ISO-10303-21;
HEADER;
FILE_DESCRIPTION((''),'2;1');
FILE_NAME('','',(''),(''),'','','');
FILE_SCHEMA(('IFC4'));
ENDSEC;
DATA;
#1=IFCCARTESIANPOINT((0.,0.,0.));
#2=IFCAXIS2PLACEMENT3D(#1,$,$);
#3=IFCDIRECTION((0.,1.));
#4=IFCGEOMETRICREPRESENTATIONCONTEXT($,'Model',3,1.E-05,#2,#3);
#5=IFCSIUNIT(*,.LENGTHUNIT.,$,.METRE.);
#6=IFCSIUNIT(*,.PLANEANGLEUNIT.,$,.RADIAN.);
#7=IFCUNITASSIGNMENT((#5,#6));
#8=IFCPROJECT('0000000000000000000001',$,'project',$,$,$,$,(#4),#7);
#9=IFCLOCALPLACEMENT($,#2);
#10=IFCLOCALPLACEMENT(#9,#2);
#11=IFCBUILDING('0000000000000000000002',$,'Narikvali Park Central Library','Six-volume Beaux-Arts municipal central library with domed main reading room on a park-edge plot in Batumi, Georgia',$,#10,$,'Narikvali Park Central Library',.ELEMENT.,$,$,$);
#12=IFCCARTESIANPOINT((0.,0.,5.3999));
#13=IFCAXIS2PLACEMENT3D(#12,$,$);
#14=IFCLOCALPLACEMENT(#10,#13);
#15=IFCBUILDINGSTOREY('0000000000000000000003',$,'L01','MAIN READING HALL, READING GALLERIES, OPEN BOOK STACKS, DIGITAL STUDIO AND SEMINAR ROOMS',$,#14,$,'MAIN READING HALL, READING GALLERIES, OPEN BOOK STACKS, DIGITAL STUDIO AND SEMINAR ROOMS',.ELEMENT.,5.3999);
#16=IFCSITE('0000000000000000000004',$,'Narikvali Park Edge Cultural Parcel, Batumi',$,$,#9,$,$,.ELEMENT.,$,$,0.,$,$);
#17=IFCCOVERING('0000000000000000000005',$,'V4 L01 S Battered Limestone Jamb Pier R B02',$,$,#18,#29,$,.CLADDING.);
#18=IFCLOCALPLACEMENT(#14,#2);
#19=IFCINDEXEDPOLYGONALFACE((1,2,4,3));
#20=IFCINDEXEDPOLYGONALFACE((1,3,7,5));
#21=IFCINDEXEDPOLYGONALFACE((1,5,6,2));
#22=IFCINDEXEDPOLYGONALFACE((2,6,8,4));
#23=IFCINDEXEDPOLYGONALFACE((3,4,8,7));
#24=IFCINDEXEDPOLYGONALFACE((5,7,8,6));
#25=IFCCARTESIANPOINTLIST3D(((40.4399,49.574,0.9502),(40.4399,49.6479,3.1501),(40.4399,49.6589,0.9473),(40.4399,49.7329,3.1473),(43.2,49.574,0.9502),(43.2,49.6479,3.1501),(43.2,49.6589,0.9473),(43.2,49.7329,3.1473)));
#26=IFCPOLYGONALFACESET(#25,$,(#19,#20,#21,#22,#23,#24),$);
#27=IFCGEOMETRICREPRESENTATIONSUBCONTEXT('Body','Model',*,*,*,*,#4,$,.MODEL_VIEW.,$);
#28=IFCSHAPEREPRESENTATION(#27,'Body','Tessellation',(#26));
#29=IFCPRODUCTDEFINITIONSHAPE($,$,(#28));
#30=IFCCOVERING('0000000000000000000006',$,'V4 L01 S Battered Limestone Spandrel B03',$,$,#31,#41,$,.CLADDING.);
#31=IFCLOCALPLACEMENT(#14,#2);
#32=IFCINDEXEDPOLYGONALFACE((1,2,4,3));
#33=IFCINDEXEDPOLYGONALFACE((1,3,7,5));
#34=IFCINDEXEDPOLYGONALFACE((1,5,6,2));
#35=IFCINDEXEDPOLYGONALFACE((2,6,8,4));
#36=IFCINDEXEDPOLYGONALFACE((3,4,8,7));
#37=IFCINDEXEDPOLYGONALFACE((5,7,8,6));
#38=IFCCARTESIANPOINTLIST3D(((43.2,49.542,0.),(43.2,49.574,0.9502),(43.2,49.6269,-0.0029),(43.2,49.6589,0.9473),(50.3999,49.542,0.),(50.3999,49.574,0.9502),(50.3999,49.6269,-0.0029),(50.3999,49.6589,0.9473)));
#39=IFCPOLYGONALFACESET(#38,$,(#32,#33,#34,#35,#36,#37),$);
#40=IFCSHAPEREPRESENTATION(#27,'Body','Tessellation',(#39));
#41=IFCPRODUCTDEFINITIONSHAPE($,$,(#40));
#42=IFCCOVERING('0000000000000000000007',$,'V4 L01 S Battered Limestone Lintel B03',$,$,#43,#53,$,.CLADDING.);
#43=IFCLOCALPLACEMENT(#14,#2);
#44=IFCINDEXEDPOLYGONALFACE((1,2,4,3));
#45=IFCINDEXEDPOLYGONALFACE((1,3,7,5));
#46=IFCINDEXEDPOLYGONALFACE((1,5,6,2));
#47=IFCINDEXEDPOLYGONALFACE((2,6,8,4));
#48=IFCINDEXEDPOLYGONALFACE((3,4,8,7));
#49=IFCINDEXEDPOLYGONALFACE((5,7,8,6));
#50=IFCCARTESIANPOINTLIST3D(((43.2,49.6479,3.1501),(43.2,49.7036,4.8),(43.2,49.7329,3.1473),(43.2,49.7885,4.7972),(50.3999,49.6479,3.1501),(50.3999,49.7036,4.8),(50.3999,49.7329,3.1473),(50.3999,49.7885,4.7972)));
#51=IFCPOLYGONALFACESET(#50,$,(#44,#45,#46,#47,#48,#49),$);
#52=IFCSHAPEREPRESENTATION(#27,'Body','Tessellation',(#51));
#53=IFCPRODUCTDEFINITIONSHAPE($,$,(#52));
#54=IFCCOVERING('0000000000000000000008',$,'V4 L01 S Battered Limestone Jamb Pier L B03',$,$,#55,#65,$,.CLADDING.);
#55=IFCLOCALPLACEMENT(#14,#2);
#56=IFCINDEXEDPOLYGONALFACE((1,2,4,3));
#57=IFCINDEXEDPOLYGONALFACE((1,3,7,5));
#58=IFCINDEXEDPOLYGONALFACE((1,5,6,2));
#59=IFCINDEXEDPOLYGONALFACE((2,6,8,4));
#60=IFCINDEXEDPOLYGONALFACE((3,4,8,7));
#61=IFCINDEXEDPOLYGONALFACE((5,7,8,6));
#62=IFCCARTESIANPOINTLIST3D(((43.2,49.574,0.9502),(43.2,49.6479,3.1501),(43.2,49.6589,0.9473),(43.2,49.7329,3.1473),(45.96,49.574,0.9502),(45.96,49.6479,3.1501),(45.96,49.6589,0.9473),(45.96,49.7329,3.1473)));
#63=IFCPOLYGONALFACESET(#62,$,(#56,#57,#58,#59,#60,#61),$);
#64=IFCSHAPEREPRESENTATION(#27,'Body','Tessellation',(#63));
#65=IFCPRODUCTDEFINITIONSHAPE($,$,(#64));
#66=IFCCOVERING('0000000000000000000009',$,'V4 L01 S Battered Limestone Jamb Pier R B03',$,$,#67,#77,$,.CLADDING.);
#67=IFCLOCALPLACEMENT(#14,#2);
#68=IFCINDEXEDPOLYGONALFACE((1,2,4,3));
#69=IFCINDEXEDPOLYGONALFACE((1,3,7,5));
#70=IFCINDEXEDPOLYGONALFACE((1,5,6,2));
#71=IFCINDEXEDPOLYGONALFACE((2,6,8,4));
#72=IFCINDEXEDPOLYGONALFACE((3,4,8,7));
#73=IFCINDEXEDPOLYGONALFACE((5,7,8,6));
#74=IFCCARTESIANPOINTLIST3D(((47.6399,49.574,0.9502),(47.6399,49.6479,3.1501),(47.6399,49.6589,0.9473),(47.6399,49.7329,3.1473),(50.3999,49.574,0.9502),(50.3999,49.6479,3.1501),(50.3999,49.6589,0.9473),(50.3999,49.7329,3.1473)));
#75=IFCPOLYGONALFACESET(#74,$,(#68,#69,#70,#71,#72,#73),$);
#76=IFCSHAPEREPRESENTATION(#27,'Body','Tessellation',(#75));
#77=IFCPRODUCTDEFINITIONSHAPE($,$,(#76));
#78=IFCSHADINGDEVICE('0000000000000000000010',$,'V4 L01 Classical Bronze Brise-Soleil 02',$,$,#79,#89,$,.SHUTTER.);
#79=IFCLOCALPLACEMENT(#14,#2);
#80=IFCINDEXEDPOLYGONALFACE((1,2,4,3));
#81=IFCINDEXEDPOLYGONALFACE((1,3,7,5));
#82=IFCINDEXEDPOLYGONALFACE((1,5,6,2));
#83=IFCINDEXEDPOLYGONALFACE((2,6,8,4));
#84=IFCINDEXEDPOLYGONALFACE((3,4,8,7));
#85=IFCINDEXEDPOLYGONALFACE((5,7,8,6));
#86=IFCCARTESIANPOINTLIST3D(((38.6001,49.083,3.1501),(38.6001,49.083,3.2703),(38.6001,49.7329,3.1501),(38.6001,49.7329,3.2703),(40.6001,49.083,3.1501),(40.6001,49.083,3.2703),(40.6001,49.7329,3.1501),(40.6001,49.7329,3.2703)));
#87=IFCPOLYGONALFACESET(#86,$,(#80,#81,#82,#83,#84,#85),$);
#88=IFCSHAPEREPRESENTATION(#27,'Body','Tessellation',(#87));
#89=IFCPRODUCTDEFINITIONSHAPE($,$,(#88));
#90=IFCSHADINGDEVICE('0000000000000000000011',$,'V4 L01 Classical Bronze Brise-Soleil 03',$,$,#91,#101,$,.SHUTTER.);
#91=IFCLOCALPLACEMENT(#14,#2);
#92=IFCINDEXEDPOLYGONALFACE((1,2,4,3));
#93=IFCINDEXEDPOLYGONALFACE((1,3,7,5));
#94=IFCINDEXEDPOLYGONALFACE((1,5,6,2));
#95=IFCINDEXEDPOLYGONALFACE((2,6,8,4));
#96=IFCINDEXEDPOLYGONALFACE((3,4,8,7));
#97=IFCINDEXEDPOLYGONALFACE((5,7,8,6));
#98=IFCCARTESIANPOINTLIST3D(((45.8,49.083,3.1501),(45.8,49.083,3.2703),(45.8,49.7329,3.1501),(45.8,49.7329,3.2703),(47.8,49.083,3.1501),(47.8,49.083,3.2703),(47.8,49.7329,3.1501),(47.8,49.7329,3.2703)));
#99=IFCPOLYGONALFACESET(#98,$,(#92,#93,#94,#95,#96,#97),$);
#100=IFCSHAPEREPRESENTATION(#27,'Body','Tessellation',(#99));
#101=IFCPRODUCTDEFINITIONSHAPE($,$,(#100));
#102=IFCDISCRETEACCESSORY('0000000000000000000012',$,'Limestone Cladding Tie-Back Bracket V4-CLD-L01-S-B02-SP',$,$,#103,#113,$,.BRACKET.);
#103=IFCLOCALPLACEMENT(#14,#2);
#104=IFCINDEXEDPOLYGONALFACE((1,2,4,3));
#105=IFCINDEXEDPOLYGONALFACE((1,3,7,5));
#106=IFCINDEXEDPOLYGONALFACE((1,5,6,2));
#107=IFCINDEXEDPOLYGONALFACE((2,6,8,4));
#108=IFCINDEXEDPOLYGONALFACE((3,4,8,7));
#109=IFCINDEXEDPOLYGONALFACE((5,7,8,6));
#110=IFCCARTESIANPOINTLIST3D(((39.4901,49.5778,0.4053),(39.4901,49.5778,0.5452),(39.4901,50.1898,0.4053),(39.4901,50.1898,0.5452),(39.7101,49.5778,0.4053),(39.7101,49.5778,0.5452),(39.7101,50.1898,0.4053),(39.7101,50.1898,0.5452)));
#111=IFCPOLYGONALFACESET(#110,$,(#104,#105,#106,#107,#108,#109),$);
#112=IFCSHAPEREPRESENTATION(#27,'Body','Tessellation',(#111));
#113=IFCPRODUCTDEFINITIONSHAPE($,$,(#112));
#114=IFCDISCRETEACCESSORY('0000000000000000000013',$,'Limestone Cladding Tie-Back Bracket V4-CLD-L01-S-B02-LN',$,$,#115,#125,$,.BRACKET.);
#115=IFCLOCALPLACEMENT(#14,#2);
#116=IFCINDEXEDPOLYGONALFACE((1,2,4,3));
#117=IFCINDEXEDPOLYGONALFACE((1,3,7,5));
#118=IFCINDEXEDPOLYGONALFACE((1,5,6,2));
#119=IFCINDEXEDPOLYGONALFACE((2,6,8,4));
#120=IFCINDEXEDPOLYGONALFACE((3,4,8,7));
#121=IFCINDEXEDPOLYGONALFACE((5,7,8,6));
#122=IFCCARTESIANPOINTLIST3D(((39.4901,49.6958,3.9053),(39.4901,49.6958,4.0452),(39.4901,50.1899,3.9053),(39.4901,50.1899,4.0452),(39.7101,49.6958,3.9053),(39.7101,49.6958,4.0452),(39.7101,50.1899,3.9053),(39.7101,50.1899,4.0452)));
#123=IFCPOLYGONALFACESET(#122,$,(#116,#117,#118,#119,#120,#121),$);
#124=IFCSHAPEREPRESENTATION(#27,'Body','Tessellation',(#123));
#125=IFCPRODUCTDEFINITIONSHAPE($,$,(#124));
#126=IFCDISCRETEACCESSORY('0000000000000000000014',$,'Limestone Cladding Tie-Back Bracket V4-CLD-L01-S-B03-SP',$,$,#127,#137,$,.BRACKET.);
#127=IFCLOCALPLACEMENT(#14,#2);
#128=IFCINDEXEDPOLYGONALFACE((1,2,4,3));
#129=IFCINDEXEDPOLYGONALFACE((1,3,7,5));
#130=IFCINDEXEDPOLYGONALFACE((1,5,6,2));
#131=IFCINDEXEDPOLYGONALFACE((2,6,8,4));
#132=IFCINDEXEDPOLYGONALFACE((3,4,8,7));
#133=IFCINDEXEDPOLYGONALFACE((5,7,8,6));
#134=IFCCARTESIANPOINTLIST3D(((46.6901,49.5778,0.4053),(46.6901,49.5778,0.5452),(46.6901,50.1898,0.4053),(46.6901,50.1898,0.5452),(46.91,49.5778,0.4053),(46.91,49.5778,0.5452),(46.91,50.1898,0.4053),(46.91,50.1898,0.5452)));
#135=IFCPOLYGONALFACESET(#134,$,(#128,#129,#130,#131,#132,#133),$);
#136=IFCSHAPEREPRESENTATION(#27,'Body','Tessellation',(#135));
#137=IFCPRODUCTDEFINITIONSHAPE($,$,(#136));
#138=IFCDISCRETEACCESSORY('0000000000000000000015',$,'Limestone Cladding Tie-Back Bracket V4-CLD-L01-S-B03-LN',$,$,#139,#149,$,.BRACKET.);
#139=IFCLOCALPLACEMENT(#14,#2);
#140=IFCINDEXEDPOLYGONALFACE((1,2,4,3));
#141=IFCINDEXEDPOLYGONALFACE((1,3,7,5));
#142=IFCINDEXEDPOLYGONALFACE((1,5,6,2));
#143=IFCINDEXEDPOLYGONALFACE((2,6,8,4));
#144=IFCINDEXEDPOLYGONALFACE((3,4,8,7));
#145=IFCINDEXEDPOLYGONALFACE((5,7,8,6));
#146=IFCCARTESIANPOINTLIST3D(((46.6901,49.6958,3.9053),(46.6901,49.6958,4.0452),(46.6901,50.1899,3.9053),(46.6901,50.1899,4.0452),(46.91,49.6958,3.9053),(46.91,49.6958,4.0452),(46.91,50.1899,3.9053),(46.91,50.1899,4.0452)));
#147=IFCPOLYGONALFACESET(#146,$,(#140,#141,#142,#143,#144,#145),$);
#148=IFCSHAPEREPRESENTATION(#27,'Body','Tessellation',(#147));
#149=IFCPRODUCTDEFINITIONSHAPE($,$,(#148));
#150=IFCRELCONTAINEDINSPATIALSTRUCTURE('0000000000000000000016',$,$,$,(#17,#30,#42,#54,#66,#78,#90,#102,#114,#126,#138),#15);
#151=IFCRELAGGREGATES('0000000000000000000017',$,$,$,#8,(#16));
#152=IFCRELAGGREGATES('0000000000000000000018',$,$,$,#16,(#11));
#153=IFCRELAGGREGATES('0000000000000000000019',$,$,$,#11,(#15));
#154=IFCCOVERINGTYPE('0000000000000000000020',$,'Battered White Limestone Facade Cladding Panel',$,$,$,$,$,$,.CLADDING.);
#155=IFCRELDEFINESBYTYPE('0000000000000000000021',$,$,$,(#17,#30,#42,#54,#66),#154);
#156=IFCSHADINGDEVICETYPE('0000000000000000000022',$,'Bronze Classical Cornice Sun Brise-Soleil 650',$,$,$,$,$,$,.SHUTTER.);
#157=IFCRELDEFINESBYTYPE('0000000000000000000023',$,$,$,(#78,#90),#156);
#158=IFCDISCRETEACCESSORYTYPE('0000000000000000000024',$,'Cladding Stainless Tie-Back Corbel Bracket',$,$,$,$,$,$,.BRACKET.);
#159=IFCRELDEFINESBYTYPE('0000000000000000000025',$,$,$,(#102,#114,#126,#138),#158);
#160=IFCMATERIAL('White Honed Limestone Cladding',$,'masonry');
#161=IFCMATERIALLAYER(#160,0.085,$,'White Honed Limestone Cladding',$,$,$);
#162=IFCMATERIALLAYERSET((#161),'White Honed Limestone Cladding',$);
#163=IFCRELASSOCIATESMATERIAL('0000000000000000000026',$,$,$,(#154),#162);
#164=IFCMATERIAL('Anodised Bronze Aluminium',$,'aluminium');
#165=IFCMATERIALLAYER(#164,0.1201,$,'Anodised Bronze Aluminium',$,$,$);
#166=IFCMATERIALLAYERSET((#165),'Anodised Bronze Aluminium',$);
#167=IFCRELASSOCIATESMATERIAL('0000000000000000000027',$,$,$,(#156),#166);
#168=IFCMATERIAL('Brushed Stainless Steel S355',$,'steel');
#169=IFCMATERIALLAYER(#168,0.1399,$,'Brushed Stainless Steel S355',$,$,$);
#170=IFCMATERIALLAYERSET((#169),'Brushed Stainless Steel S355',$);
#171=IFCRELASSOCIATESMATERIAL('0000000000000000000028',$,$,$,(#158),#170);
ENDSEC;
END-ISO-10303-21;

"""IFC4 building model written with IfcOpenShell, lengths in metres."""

from ifc_helpers import new_model, si_unit, direction, frame, origin, origin_2d, place, context, subcontext, project, spatial, polyline, rectangle, outline, extrude, material, layer, layer_set, type_object, element, save


model = new_model("IFC4")

# Units and contexts
model_context = context("Model", 3, precision=1e-05, world=origin(), true_north=direction((0.0, 1.0)))
body_context = subcontext(model_context, "Body", "Model", "MODEL_VIEW")
ifc_project = project(units=[si_unit("LENGTHUNIT", "METRE"), si_unit("PLANEANGLEUNIT", "RADIAN")], contexts=[model_context])

# Site, building, storey
site_placement = place(None, origin())
site = spatial("IfcSite", under=ifc_project, at=site_placement, Name="Narikvali Park Edge Cultural Parcel, Batumi", CompositionType="ELEMENT", RefElevation=0.0)
building_placement = place(site_placement, origin())
building = spatial("IfcBuilding", under=site, at=building_placement, Name="Narikvali Park Central Library", Description="Six-volume Beaux-Arts municipal central library with domed main reading room on a park-edge plot in Batumi, Georgia", LongName="Narikvali Park Central Library", CompositionType="ELEMENT")
storey_placement = place(building_placement, frame((0.0, 0.0, 5.3999)))
storey = spatial("IfcBuildingStorey", under=building, at=storey_placement, Name="L01", Description="MAIN READING HALL, READING GALLERIES, OPEN BOOK STACKS, DIGITAL STUDIO AND SEMINAR ROOMS", LongName="MAIN READING HALL, READING GALLERIES, OPEN BOOK STACKS, DIGITAL STUDIO AND SEMINAR ROOMS", CompositionType="ELEMENT", Elevation=5.3999)

# Coverings
ifc_material_1 = material(Name="White Honed Limestone Cladding", Category="masonry")
ifc_layer_1 = layer(ifc_material_1, 0.085, Name="White Honed Limestone Cladding")
ifc_layer_set_1 = layer_set([ifc_layer_1], Name="White Honed Limestone Cladding")
covering_type = type_object("IfcCoveringType", Name="Battered White Limestone Facade Cladding Panel", PredefinedType="CLADDING", material=ifc_layer_set_1)
covering_1_placement = place(storey_placement, frame((40.4399, 49.574, 0.9502), z_axis=(0.0, -0.999435, 0.033607), x_axis=(1.0, 0.0, 0.0)))
element("IfcCovering", 1, at=covering_1_placement, inside=storey, type_object=covering_type, Name="V4 L01 S Battered Limestone Jamb Pier R B02", PredefinedType="CLADDING", context=body_context, shape_type="SweptSolid", body=[
    extrude(outline(polyline([(0.0, 0.0), (2.76, 0.0), (2.76, 2.2012), (0.0, 2.2012), (0.0, 0.0)])), origin(), (0.0, 0.0, -1.0), 0.085),
])
covering_2_placement = place(storey_placement, frame((43.2, 49.542, 0.0), z_axis=(0.0, -0.999434, 0.03364), x_axis=(1.0, 0.0, 0.0)))
element("IfcCovering", 2, at=covering_2_placement, inside=storey, type_object=covering_type, Name="V4 L01 S Battered Limestone Spandrel B03", PredefinedType="CLADDING", context=body_context, shape_type="SweptSolid", body=[
    extrude(outline(polyline([(0.0, 0.0), (7.2, 0.0), (7.2, 0.9507), (0.0, 0.9507), (0.0, 0.0)])), origin(), (0.0, 0.0, -1.0), 0.085),
])
covering_3_placement = place(storey_placement, frame((43.2, 49.6479, 3.1501), z_axis=(0.0, -0.999431, 0.033719), x_axis=(1.0, 0.0, 0.0)))
element("IfcCovering", 3, at=covering_3_placement, inside=storey, type_object=covering_type, Name="V4 L01 S Battered Limestone Lintel B03", PredefinedType="CLADDING", context=body_context, shape_type="SweptSolid", body=[
    extrude(outline(polyline([(0.0, 0.0), (7.2, 0.0), (7.2, 1.6508), (0.0, 1.6508), (0.0, 0.0)])), origin(), (0.0, 0.0, -1.0), 0.085),
])
for number, where, z_axis, x_axis, name in (
    (4, (43.2, 49.574, 0.9502), (0.0, -0.999435, 0.033607), (1.0, 0.0, 0.0), "V4 L01 S Battered Limestone Jamb Pier L B03"),
    (5, (47.6399, 49.574, 0.9502), (0.0, -0.999435, 0.033607), (1.0, 0.0, 0.0), "V4 L01 S Battered Limestone Jamb Pier R B03"),
):
    element("IfcCovering", number, at=place(storey_placement, frame(where, z_axis=z_axis, x_axis=x_axis)), inside=storey, type_object=covering_type, Name=name, PredefinedType="CLADDING", context=body_context, shape_type="SweptSolid", body=[
        extrude(outline(polyline([(0.0, 0.0), (2.76, 0.0), (2.76, 2.2012), (0.0, 2.2012), (0.0, 0.0)])), origin(), (0.0, 0.0, -1.0), 0.085),
    ])

# Shading devices
ifc_material_2 = material(Name="Anodised Bronze Aluminium", Category="aluminium")
ifc_layer_2 = layer(ifc_material_2, 0.1201, Name="Anodised Bronze Aluminium")
ifc_layer_set_2 = layer_set([ifc_layer_2], Name="Anodised Bronze Aluminium")
shading_device_type = type_object("IfcShadingDeviceType", Name="Bronze Classical Cornice Sun Brise-Soleil 650", PredefinedType="SHUTTER", material=ifc_layer_set_2)
for number, where, z_axis, x_axis, name in (
    (6, (39.6001, 49.408, 3.1501), (0.0, 0.0, 1.0), (1.0, 0.0, 0.0), "V4 L01 Classical Bronze Brise-Soleil 02"),
    (7, (46.8, 49.408, 3.1501), (0.0, 0.0, 1.0), (1.0, 0.0, 0.0), "V4 L01 Classical Bronze Brise-Soleil 03"),
):
    element("IfcShadingDevice", number, at=place(storey_placement, frame(where, z_axis=z_axis, x_axis=x_axis)), inside=storey, type_object=shading_device_type, Name=name, PredefinedType="SHUTTER", context=body_context, shape_type="SweptSolid", body=[
        extrude(rectangle(XDim=2.0, YDim=0.6499, at=origin_2d()), origin(), (0.0, 0.0, 1.0), 0.1201),
    ])

# Discrete accessories
ifc_material_3 = material(Name="Brushed Stainless Steel S355", Category="steel")
ifc_layer_3 = layer(ifc_material_3, 0.1399, Name="Brushed Stainless Steel S355")
ifc_layer_set_3 = layer_set([ifc_layer_3], Name="Brushed Stainless Steel S355")
discrete_accessory_type = type_object("IfcDiscreteAccessoryType", Name="Cladding Stainless Tie-Back Corbel Bracket", PredefinedType="BRACKET", material=ifc_layer_set_3)
discrete_accessory_1_placement = place(storey_placement, frame((39.6001, 49.8838, 0.4053), z_axis=(0.0, 0.0, 1.0), x_axis=(1.0, 0.0, 0.0)))
element("IfcDiscreteAccessory", 8, at=discrete_accessory_1_placement, inside=storey, type_object=discrete_accessory_type, Name="Limestone Cladding Tie-Back Bracket V4-CLD-L01-S-B02-SP", PredefinedType="BRACKET", context=body_context, shape_type="SweptSolid", body=[
    extrude(rectangle(XDim=0.22, YDim=0.6121, at=origin_2d()), origin(), (0.0, 0.0, 1.0), 0.1399),
])
discrete_accessory_2_placement = place(storey_placement, frame((39.6001, 49.9429, 3.9053), z_axis=(0.0, 0.0, 1.0), x_axis=(1.0, 0.0, 0.0)))
element("IfcDiscreteAccessory", 9, at=discrete_accessory_2_placement, inside=storey, type_object=discrete_accessory_type, Name="Limestone Cladding Tie-Back Bracket V4-CLD-L01-S-B02-LN", PredefinedType="BRACKET", context=body_context, shape_type="SweptSolid", body=[
    extrude(rectangle(XDim=0.22, YDim=0.4941, at=origin_2d()), origin(), (0.0, 0.0, 1.0), 0.1399),
])
discrete_accessory_3_placement = place(storey_placement, frame((46.8, 49.8838, 0.4053), z_axis=(0.0, 0.0, 1.0), x_axis=(1.0, 0.0, 0.0)))
element("IfcDiscreteAccessory", 10, at=discrete_accessory_3_placement, inside=storey, type_object=discrete_accessory_type, Name="Limestone Cladding Tie-Back Bracket V4-CLD-L01-S-B03-SP", PredefinedType="BRACKET", context=body_context, shape_type="SweptSolid", body=[
    extrude(rectangle(XDim=0.22, YDim=0.6121, at=origin_2d()), origin(), (0.0, 0.0, 1.0), 0.1399),
])
discrete_accessory_4_placement = place(storey_placement, frame((46.8, 49.9429, 3.9053), z_axis=(0.0, 0.0, 1.0), x_axis=(1.0, 0.0, 0.0)))
element("IfcDiscreteAccessory", 11, at=discrete_accessory_4_placement, inside=storey, type_object=discrete_accessory_type, Name="Limestone Cladding Tie-Back Bracket V4-CLD-L01-S-B03-LN", PredefinedType="BRACKET", context=body_context, shape_type="SweptSolid", body=[
    extrude(rectangle(XDim=0.22, YDim=0.4941, at=origin_2d()), origin(), (0.0, 0.0, 1.0), 0.1399),
])

save(model, "model.ifc")
